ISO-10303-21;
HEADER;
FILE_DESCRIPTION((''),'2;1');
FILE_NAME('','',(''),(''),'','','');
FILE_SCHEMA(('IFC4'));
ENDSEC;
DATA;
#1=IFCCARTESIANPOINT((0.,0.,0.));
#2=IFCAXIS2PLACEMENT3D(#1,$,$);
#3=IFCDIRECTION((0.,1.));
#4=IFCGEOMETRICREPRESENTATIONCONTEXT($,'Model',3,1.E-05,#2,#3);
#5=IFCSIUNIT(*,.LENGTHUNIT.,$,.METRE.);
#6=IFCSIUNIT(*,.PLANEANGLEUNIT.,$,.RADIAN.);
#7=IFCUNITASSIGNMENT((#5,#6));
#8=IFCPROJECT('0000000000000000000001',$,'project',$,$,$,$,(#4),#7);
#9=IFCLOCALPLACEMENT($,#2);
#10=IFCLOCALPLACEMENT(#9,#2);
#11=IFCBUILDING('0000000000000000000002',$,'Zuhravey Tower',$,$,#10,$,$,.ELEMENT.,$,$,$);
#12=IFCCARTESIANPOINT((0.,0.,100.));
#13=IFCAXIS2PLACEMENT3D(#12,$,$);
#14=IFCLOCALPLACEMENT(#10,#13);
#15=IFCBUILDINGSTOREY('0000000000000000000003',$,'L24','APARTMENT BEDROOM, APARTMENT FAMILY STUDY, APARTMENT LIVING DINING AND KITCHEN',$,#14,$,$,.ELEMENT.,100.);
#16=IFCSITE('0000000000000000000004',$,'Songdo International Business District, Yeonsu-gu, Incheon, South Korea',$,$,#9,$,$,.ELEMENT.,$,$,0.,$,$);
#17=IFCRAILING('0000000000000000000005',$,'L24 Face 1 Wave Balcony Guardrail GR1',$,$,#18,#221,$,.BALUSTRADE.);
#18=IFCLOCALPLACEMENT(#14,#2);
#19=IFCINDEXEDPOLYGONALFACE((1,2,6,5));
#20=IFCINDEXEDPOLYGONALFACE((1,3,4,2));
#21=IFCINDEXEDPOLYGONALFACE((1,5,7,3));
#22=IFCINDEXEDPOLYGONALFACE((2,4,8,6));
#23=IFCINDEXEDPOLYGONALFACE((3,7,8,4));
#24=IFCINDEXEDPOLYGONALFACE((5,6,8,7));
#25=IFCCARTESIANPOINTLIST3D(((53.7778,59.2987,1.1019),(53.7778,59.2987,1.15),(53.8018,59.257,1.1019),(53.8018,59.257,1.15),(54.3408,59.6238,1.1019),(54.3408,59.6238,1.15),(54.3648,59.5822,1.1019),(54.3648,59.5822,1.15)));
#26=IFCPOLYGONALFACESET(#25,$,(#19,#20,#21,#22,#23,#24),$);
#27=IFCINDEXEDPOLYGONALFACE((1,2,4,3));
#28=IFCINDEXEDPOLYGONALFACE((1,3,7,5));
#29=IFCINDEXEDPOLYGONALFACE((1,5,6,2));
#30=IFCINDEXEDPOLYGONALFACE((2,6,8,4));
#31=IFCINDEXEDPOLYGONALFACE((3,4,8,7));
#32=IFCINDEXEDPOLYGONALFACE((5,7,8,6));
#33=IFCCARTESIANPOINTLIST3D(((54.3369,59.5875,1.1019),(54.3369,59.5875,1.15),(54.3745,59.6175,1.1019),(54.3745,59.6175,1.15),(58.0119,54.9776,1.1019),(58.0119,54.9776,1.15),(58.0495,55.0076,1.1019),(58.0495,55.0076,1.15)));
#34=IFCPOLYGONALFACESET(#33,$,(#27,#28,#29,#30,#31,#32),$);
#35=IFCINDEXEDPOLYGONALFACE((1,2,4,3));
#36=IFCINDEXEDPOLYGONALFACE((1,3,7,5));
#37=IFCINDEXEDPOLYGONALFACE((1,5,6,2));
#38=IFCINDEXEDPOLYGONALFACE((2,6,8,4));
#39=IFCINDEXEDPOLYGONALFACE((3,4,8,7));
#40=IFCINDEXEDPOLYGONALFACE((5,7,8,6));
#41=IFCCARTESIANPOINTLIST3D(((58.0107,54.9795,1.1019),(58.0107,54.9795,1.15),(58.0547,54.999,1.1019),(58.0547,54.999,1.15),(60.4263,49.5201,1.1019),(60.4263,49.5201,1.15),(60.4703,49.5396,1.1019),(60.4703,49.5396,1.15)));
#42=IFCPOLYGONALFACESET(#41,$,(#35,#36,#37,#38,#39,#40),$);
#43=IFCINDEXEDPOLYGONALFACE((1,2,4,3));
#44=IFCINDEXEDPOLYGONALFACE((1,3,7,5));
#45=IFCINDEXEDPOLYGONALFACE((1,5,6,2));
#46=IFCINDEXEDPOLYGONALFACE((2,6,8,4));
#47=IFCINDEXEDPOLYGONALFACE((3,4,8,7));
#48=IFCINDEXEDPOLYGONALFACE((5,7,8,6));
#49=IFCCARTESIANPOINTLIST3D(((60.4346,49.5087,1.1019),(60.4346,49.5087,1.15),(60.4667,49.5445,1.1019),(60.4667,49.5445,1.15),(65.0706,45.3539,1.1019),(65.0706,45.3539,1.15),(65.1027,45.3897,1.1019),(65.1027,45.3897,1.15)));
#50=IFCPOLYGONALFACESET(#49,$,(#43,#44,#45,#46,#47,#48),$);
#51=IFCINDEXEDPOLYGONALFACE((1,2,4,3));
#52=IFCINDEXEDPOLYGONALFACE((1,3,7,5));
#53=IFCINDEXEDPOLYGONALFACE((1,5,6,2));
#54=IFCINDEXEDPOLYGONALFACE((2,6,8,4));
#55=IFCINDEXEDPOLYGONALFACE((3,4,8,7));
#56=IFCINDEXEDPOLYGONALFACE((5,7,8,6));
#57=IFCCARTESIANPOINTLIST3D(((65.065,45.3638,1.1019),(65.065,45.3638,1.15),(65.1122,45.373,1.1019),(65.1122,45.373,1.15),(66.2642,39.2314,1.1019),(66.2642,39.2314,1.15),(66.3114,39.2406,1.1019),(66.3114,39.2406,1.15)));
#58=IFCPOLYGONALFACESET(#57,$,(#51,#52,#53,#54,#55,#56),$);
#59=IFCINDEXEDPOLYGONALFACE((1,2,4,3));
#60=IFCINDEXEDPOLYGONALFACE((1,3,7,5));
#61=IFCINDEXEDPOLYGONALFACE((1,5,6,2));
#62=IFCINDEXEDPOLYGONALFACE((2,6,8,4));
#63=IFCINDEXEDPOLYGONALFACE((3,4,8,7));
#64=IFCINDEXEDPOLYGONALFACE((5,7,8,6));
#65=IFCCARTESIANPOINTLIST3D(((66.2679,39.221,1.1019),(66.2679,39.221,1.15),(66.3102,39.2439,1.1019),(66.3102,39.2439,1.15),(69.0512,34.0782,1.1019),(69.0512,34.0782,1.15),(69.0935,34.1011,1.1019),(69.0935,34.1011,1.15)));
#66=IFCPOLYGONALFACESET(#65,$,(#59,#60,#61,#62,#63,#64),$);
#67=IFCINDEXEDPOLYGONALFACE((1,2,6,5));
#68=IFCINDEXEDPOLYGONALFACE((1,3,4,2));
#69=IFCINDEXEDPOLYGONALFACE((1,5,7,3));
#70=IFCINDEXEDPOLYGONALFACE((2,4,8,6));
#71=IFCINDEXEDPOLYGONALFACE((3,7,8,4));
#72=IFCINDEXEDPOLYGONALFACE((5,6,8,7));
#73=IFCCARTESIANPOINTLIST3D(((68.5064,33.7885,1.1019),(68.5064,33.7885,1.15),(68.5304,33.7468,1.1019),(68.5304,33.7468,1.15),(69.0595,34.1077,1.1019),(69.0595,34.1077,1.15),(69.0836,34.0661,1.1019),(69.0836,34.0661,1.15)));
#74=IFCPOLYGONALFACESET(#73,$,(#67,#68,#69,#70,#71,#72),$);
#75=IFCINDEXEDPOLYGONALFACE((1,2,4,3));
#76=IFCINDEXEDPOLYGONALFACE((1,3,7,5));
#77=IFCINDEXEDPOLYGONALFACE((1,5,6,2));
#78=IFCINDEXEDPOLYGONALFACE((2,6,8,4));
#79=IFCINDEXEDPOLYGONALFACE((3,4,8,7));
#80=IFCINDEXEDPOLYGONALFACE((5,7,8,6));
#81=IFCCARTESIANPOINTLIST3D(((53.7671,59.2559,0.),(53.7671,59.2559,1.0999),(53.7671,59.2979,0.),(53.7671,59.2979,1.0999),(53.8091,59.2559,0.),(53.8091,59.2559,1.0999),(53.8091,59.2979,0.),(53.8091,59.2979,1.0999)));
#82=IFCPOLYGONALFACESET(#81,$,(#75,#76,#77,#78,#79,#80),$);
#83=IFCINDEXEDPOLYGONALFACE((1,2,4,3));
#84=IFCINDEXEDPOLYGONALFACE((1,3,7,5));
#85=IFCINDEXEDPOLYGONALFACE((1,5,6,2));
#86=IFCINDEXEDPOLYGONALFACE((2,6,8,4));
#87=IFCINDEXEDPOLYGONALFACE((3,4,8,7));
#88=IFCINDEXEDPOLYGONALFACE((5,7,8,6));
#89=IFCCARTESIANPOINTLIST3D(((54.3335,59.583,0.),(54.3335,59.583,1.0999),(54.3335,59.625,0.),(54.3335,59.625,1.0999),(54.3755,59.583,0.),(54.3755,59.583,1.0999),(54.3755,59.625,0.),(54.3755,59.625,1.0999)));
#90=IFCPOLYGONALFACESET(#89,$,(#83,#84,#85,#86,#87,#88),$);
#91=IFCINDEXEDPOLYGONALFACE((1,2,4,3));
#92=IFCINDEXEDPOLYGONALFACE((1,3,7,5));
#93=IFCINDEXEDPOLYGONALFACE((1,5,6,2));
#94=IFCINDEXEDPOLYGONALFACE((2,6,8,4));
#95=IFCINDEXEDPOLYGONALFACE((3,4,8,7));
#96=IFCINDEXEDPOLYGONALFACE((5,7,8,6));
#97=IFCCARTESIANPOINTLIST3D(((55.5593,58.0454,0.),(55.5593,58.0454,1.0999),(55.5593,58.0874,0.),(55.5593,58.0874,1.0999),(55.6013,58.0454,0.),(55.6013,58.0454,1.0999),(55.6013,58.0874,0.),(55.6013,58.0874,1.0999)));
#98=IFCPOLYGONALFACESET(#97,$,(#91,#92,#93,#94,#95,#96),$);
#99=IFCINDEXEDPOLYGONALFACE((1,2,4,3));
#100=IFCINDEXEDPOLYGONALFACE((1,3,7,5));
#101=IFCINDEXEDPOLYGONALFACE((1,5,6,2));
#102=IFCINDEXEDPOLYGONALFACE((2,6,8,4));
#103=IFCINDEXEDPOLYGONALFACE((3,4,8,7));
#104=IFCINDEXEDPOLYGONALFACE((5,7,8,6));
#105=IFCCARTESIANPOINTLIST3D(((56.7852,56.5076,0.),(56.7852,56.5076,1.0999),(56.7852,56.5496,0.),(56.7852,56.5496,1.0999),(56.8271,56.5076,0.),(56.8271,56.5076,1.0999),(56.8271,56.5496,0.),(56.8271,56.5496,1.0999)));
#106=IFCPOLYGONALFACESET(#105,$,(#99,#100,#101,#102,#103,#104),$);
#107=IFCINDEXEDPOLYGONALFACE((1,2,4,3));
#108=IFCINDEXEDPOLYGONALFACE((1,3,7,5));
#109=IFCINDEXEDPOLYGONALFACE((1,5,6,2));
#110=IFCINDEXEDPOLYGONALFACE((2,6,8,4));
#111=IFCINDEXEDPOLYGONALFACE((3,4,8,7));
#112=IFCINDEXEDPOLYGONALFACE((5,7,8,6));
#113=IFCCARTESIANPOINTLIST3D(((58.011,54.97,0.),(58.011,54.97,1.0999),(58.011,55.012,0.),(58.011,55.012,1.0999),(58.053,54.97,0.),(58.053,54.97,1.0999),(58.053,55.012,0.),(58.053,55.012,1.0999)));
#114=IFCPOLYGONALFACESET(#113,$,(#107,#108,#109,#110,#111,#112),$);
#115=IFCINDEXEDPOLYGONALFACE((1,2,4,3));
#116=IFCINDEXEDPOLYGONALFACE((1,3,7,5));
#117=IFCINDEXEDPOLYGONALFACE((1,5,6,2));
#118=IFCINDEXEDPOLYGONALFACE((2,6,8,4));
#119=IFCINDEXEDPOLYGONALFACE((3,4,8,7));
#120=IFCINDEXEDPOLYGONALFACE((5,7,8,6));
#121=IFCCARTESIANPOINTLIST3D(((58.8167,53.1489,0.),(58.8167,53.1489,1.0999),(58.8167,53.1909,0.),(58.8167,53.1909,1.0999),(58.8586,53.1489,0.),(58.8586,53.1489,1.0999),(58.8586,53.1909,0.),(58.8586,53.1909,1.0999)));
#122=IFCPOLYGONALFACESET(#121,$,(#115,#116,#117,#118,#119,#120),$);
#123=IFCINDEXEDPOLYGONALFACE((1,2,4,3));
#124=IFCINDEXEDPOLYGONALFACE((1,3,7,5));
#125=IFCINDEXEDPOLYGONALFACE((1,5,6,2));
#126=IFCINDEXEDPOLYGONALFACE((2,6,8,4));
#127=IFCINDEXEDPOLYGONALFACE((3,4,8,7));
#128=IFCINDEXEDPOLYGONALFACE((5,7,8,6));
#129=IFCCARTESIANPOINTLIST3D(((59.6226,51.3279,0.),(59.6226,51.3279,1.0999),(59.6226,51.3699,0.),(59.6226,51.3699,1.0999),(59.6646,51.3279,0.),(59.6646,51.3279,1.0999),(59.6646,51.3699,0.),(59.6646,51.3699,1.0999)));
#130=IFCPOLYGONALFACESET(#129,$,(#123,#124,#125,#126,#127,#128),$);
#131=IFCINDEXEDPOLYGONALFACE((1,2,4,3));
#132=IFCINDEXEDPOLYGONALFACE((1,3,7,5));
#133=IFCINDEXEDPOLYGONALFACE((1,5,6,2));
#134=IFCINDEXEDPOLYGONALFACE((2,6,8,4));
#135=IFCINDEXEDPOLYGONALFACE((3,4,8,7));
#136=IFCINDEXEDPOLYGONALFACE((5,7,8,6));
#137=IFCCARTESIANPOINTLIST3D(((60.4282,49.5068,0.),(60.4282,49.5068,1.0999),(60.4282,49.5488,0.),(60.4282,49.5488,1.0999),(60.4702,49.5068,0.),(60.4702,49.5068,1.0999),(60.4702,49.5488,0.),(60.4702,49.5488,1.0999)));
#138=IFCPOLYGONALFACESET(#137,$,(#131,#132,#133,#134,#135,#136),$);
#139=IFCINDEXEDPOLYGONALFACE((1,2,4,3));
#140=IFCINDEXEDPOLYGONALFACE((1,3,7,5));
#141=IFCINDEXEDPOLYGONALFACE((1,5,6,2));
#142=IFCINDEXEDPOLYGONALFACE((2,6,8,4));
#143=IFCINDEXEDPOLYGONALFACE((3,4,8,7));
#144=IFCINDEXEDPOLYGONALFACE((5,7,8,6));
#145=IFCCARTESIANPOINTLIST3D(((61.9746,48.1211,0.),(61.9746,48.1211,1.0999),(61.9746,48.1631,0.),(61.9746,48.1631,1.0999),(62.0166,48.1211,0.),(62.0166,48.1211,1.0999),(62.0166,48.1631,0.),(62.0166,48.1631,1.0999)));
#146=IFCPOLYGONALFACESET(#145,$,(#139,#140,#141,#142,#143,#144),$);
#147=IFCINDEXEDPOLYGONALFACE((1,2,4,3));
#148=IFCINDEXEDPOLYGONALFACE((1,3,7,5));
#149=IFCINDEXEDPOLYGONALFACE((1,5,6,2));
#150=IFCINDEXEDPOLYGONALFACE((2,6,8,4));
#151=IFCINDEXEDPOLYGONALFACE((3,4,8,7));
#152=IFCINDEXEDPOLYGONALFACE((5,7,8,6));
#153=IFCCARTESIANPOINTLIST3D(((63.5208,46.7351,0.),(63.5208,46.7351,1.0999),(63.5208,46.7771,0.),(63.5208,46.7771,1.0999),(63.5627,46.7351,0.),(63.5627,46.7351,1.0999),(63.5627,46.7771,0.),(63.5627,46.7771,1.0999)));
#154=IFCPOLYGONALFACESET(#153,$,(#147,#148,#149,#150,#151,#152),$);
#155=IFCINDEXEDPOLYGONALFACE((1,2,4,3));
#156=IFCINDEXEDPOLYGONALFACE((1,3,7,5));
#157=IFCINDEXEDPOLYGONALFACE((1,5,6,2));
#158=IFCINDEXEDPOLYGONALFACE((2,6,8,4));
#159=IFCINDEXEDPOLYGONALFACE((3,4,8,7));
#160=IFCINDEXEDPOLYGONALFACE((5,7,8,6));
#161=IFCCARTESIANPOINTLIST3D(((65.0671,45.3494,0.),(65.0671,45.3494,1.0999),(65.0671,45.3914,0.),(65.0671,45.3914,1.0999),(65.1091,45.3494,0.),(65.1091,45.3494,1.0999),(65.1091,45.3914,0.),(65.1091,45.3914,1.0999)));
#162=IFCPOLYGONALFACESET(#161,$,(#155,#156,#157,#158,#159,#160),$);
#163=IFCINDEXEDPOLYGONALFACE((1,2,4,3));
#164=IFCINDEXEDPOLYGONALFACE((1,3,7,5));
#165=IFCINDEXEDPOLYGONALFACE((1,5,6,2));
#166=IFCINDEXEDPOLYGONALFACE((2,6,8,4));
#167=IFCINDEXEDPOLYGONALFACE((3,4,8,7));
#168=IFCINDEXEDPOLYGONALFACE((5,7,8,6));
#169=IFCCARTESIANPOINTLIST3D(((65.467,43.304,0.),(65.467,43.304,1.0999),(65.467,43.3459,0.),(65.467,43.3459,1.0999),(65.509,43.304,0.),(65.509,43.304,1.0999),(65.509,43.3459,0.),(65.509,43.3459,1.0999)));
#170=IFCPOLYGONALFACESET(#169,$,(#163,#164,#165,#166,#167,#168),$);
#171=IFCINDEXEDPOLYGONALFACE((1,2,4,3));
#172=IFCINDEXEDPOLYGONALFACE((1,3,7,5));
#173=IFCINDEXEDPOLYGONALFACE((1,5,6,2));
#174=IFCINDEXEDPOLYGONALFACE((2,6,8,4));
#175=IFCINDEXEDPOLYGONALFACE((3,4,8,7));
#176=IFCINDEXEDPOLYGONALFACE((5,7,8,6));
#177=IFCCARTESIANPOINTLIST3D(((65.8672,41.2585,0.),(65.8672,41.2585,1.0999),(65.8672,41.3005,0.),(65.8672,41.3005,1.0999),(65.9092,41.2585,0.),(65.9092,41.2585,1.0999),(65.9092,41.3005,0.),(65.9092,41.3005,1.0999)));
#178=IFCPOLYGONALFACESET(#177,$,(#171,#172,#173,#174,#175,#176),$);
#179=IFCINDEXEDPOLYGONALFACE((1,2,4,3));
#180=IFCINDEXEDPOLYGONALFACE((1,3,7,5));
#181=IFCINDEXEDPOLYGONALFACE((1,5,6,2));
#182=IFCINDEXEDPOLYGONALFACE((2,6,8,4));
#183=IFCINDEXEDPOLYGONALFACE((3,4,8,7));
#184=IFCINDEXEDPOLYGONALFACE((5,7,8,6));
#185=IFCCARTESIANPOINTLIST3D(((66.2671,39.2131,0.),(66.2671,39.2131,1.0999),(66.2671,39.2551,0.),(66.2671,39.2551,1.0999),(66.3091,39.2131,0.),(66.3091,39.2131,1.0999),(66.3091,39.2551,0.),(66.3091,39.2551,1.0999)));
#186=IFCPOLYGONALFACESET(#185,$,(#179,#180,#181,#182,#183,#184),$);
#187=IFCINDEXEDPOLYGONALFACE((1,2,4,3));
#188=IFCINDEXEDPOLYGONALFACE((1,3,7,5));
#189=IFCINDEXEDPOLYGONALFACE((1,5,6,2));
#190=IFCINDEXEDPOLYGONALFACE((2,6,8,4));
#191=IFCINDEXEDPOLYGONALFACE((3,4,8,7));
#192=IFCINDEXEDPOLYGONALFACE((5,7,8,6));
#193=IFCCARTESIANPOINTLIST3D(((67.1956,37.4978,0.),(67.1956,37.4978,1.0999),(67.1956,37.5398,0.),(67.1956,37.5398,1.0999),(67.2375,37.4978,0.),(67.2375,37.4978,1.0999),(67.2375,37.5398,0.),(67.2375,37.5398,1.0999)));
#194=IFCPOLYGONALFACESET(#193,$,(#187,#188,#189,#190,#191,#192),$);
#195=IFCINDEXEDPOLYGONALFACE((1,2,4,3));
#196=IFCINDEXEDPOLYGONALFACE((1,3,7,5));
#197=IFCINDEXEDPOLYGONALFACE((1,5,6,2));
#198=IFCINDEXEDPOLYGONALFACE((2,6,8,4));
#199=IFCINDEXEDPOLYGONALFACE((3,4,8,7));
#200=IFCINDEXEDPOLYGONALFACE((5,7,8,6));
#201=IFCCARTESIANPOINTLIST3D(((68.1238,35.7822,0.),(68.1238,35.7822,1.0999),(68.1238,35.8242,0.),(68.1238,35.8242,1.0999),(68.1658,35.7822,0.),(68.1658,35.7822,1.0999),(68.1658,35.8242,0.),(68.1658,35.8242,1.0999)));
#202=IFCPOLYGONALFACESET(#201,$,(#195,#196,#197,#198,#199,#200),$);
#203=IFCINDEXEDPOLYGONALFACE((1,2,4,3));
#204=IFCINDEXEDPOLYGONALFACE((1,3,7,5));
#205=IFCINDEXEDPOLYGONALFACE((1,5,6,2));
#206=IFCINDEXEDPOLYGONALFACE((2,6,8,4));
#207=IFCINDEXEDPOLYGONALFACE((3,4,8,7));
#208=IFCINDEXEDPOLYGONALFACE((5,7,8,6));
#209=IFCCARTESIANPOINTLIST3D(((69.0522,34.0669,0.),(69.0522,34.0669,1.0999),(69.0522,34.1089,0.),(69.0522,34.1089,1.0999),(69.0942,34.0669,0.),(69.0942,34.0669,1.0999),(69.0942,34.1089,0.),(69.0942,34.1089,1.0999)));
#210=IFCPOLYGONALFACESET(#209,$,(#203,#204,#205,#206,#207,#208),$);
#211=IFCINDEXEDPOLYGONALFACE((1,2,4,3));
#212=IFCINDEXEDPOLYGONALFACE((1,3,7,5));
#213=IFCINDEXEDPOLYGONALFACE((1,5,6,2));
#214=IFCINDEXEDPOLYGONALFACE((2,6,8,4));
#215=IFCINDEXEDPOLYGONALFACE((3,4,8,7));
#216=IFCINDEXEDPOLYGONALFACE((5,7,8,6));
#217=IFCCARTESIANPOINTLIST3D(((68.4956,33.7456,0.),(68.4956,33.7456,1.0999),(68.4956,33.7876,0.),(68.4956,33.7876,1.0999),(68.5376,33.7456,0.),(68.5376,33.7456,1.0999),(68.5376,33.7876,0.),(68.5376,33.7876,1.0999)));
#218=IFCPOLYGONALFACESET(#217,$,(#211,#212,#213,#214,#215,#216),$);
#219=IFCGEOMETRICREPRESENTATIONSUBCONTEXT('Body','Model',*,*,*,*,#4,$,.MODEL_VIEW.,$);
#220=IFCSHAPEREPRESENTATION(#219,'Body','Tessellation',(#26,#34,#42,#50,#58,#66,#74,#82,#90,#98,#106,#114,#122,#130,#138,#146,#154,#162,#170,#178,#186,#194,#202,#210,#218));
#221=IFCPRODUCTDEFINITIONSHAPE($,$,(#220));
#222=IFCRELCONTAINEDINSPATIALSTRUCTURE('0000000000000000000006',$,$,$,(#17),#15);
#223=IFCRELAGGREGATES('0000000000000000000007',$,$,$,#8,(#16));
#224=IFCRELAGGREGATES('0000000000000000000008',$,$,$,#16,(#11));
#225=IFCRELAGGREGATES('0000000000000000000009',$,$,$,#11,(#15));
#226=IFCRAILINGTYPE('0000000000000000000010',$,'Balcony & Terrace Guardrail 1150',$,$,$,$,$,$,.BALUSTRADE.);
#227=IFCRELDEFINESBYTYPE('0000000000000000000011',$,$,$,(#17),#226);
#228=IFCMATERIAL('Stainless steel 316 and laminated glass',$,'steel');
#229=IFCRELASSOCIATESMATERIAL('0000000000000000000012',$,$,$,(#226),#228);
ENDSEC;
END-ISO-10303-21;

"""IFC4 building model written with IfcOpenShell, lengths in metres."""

from ifc_helpers import new_model, si_unit, direction, frame, origin, origin_2d, place, context, subcontext, project, spatial, rectangle, extrude, material, type_object, element, save


model = new_model("IFC4")

# Units and contexts
model_context = context("Model", 3, precision=1e-05, world=origin(), true_north=direction((0.0, 1.0)))
body_context = subcontext(model_context, "Body", "Model", "MODEL_VIEW")
ifc_project = project(units=[si_unit("LENGTHUNIT", "METRE"), si_unit("PLANEANGLEUNIT", "RADIAN")], contexts=[model_context])

# Site, building, storey
site_placement = place(None, origin())
site = spatial("IfcSite", under=ifc_project, at=site_placement, Name="Songdo International Business District, Yeonsu-gu, Incheon, South Korea", CompositionType="ELEMENT", RefElevation=0.0)
building_placement = place(site_placement, origin())
building = spatial("IfcBuilding", under=site, at=building_placement, Name="Zuhravey Tower", CompositionType="ELEMENT")
storey_placement = place(building_placement, frame((0.0, 0.0, 100.0)))
storey = spatial("IfcBuildingStorey", under=building, at=storey_placement, Name="L24", Description="APARTMENT BEDROOM, APARTMENT FAMILY STUDY, APARTMENT LIVING DINING AND KITCHEN", CompositionType="ELEMENT", Elevation=100.0)

# Railing
ifc_material_1 = material(Name="Stainless steel 316 and laminated glass", Category="steel")
railing_type = type_object("IfcRailingType", Name="Balcony & Terrace Guardrail 1150", PredefinedType="BALUSTRADE", material=ifc_material_1)
railing_placement = place(storey_placement, frame((53.7881, 59.2769, 0.0)))
element("IfcRailing", 1, at=railing_placement, inside=storey, type_object=railing_type, Name="L24 Face 1 Wave Balcony Guardrail GR1", PredefinedType="BALUSTRADE", context=body_context, shape_type="SweptSolid", body=[
    extrude(rectangle(XDim=0.0481, YDim=0.0481, at=origin_2d()), frame((0.0017, 0.001, 1.126), z_axis=(0.865937, 0.500153, 0.0), x_axis=(-0.500153, 0.865937, 0.0)), (0.0, 0.0, 1.0), 0.6501),
    extrude(rectangle(XDim=0.0481, YDim=0.0481, at=origin_2d()), frame((0.5676, 0.3257, 1.126), z_axis=(0.623357, -0.781938, 0.0), x_axis=(0.781938, 0.623357, 0.0)), (0.0, 0.0, 1.0), 5.8955),
    extrude(rectangle(XDim=0.0481, YDim=0.0481, at=origin_2d()), frame((4.2446, -4.2876, 1.126), z_axis=(0.404625, -0.914483, 0.0), x_axis=(0.914483, 0.404625, 0.0)), (0.0, 0.0, 1.0), 5.97),
    extrude(rectangle(XDim=0.0481, YDim=0.0481, at=origin_2d()), frame((6.6626, -9.7502, 1.126), z_axis=(0.744694, -0.667406, 0.0), x_axis=(0.667406, 0.744694, 0.0)), (0.0, 0.0, 1.0), 6.2253),
    extrude(rectangle(XDim=0.0481, YDim=0.0481, at=origin_2d()), frame((11.3005, -13.9084, 1.126), z_axis=(0.191917, -0.981411, 0.0), x_axis=(0.981411, 0.191917, 0.0)), (0.0, 0.0, 1.0), 6.2485),
    extrude(rectangle(XDim=0.0481, YDim=0.0481, at=origin_2d()), frame((12.501, -20.0444, 1.126), z_axis=(0.475967, -0.879463, 0.0), x_axis=(0.879463, 0.475967, 0.0)), (0.0, 0.0, 1.0), 5.8477),
    extrude(rectangle(XDim=0.0481, YDim=0.0481, at=origin_2d()), frame((15.2834, -25.1899, 1.126), z_axis=(-0.866084, -0.499898, 0.0), x_axis=(0.499898, -0.866084, 0.0)), (0.0, 0.0, 1.0), 0.6387),
    extrude(rectangle(XDim=0.042, YDim=0.042, at=origin_2d()), origin(), (0.0, 0.0, 1.0), 1.0999),
    extrude(rectangle(XDim=0.042, YDim=0.042, at=origin_2d()), frame((0.5664, 0.3271, 0.0)), (0.0, 0.0, 1.0), 1.0999),
    extrude(rectangle(XDim=0.042, YDim=0.042, at=origin_2d()), frame((1.7922, -1.2104, 0.0)), (0.0, 0.0, 1.0), 1.0999),
    extrude(rectangle(XDim=0.042, YDim=0.042, at=origin_2d()), frame((3.0181, -2.7483, 0.0)), (0.0, 0.0, 1.0), 1.0999),
    extrude(rectangle(XDim=0.042, YDim=0.042, at=origin_2d()), frame((4.2439, -4.2859, 0.0)), (0.0, 0.0, 1.0), 1.0999),
    extrude(rectangle(XDim=0.042, YDim=0.042, at=origin_2d()), frame((5.0496, -6.1069, 0.0)), (0.0, 0.0, 1.0), 1.0999),
    extrude(rectangle(XDim=0.042, YDim=0.042, at=origin_2d()), frame((5.8555, -7.928, 0.0)), (0.0, 0.0, 1.0), 1.0999),
    extrude(rectangle(XDim=0.042, YDim=0.042, at=origin_2d()), frame((6.6611, -9.749, 0.0)), (0.0, 0.0, 1.0), 1.0999),
    extrude(rectangle(XDim=0.042, YDim=0.042, at=origin_2d()), frame((8.2075, -11.1348, 0.0)), (0.0, 0.0, 1.0), 1.0999),
    extrude(rectangle(XDim=0.042, YDim=0.042, at=origin_2d()), frame((9.7537, -12.5208, 0.0)), (0.0, 0.0, 1.0), 1.0999),
    extrude(rectangle(XDim=0.042, YDim=0.042, at=origin_2d()), frame((11.3, -13.9065, 0.0)), (0.0, 0.0, 1.0), 1.0999),
    extrude(rectangle(XDim=0.042, YDim=0.042, at=origin_2d()), frame((11.7, -15.9519, 0.0)), (0.0, 0.0, 1.0), 1.0999),
    extrude(rectangle(XDim=0.042, YDim=0.042, at=origin_2d()), frame((12.1001, -17.9973, 0.0)), (0.0, 0.0, 1.0), 1.0999),
    extrude(rectangle(XDim=0.042, YDim=0.042, at=origin_2d()), frame((12.5, -20.0427, 0.0)), (0.0, 0.0, 1.0), 1.0999),
    extrude(rectangle(XDim=0.042, YDim=0.042, at=origin_2d()), frame((13.4285, -21.7581, 0.0)), (0.0, 0.0, 1.0), 1.0999),
    extrude(rectangle(XDim=0.042, YDim=0.042, at=origin_2d()), frame((14.3567, -23.4736, 0.0)), (0.0, 0.0, 1.0), 1.0999),
    extrude(rectangle(XDim=0.042, YDim=0.042, at=origin_2d()), frame((15.2852, -25.189, 0.0)), (0.0, 0.0, 1.0), 1.0999),
    extrude(rectangle(XDim=0.042, YDim=0.042, at=origin_2d()), frame((14.7285, -25.5103, 0.0)), (0.0, 0.0, 1.0), 1.0999),
])

save(model, "model.ifc")
